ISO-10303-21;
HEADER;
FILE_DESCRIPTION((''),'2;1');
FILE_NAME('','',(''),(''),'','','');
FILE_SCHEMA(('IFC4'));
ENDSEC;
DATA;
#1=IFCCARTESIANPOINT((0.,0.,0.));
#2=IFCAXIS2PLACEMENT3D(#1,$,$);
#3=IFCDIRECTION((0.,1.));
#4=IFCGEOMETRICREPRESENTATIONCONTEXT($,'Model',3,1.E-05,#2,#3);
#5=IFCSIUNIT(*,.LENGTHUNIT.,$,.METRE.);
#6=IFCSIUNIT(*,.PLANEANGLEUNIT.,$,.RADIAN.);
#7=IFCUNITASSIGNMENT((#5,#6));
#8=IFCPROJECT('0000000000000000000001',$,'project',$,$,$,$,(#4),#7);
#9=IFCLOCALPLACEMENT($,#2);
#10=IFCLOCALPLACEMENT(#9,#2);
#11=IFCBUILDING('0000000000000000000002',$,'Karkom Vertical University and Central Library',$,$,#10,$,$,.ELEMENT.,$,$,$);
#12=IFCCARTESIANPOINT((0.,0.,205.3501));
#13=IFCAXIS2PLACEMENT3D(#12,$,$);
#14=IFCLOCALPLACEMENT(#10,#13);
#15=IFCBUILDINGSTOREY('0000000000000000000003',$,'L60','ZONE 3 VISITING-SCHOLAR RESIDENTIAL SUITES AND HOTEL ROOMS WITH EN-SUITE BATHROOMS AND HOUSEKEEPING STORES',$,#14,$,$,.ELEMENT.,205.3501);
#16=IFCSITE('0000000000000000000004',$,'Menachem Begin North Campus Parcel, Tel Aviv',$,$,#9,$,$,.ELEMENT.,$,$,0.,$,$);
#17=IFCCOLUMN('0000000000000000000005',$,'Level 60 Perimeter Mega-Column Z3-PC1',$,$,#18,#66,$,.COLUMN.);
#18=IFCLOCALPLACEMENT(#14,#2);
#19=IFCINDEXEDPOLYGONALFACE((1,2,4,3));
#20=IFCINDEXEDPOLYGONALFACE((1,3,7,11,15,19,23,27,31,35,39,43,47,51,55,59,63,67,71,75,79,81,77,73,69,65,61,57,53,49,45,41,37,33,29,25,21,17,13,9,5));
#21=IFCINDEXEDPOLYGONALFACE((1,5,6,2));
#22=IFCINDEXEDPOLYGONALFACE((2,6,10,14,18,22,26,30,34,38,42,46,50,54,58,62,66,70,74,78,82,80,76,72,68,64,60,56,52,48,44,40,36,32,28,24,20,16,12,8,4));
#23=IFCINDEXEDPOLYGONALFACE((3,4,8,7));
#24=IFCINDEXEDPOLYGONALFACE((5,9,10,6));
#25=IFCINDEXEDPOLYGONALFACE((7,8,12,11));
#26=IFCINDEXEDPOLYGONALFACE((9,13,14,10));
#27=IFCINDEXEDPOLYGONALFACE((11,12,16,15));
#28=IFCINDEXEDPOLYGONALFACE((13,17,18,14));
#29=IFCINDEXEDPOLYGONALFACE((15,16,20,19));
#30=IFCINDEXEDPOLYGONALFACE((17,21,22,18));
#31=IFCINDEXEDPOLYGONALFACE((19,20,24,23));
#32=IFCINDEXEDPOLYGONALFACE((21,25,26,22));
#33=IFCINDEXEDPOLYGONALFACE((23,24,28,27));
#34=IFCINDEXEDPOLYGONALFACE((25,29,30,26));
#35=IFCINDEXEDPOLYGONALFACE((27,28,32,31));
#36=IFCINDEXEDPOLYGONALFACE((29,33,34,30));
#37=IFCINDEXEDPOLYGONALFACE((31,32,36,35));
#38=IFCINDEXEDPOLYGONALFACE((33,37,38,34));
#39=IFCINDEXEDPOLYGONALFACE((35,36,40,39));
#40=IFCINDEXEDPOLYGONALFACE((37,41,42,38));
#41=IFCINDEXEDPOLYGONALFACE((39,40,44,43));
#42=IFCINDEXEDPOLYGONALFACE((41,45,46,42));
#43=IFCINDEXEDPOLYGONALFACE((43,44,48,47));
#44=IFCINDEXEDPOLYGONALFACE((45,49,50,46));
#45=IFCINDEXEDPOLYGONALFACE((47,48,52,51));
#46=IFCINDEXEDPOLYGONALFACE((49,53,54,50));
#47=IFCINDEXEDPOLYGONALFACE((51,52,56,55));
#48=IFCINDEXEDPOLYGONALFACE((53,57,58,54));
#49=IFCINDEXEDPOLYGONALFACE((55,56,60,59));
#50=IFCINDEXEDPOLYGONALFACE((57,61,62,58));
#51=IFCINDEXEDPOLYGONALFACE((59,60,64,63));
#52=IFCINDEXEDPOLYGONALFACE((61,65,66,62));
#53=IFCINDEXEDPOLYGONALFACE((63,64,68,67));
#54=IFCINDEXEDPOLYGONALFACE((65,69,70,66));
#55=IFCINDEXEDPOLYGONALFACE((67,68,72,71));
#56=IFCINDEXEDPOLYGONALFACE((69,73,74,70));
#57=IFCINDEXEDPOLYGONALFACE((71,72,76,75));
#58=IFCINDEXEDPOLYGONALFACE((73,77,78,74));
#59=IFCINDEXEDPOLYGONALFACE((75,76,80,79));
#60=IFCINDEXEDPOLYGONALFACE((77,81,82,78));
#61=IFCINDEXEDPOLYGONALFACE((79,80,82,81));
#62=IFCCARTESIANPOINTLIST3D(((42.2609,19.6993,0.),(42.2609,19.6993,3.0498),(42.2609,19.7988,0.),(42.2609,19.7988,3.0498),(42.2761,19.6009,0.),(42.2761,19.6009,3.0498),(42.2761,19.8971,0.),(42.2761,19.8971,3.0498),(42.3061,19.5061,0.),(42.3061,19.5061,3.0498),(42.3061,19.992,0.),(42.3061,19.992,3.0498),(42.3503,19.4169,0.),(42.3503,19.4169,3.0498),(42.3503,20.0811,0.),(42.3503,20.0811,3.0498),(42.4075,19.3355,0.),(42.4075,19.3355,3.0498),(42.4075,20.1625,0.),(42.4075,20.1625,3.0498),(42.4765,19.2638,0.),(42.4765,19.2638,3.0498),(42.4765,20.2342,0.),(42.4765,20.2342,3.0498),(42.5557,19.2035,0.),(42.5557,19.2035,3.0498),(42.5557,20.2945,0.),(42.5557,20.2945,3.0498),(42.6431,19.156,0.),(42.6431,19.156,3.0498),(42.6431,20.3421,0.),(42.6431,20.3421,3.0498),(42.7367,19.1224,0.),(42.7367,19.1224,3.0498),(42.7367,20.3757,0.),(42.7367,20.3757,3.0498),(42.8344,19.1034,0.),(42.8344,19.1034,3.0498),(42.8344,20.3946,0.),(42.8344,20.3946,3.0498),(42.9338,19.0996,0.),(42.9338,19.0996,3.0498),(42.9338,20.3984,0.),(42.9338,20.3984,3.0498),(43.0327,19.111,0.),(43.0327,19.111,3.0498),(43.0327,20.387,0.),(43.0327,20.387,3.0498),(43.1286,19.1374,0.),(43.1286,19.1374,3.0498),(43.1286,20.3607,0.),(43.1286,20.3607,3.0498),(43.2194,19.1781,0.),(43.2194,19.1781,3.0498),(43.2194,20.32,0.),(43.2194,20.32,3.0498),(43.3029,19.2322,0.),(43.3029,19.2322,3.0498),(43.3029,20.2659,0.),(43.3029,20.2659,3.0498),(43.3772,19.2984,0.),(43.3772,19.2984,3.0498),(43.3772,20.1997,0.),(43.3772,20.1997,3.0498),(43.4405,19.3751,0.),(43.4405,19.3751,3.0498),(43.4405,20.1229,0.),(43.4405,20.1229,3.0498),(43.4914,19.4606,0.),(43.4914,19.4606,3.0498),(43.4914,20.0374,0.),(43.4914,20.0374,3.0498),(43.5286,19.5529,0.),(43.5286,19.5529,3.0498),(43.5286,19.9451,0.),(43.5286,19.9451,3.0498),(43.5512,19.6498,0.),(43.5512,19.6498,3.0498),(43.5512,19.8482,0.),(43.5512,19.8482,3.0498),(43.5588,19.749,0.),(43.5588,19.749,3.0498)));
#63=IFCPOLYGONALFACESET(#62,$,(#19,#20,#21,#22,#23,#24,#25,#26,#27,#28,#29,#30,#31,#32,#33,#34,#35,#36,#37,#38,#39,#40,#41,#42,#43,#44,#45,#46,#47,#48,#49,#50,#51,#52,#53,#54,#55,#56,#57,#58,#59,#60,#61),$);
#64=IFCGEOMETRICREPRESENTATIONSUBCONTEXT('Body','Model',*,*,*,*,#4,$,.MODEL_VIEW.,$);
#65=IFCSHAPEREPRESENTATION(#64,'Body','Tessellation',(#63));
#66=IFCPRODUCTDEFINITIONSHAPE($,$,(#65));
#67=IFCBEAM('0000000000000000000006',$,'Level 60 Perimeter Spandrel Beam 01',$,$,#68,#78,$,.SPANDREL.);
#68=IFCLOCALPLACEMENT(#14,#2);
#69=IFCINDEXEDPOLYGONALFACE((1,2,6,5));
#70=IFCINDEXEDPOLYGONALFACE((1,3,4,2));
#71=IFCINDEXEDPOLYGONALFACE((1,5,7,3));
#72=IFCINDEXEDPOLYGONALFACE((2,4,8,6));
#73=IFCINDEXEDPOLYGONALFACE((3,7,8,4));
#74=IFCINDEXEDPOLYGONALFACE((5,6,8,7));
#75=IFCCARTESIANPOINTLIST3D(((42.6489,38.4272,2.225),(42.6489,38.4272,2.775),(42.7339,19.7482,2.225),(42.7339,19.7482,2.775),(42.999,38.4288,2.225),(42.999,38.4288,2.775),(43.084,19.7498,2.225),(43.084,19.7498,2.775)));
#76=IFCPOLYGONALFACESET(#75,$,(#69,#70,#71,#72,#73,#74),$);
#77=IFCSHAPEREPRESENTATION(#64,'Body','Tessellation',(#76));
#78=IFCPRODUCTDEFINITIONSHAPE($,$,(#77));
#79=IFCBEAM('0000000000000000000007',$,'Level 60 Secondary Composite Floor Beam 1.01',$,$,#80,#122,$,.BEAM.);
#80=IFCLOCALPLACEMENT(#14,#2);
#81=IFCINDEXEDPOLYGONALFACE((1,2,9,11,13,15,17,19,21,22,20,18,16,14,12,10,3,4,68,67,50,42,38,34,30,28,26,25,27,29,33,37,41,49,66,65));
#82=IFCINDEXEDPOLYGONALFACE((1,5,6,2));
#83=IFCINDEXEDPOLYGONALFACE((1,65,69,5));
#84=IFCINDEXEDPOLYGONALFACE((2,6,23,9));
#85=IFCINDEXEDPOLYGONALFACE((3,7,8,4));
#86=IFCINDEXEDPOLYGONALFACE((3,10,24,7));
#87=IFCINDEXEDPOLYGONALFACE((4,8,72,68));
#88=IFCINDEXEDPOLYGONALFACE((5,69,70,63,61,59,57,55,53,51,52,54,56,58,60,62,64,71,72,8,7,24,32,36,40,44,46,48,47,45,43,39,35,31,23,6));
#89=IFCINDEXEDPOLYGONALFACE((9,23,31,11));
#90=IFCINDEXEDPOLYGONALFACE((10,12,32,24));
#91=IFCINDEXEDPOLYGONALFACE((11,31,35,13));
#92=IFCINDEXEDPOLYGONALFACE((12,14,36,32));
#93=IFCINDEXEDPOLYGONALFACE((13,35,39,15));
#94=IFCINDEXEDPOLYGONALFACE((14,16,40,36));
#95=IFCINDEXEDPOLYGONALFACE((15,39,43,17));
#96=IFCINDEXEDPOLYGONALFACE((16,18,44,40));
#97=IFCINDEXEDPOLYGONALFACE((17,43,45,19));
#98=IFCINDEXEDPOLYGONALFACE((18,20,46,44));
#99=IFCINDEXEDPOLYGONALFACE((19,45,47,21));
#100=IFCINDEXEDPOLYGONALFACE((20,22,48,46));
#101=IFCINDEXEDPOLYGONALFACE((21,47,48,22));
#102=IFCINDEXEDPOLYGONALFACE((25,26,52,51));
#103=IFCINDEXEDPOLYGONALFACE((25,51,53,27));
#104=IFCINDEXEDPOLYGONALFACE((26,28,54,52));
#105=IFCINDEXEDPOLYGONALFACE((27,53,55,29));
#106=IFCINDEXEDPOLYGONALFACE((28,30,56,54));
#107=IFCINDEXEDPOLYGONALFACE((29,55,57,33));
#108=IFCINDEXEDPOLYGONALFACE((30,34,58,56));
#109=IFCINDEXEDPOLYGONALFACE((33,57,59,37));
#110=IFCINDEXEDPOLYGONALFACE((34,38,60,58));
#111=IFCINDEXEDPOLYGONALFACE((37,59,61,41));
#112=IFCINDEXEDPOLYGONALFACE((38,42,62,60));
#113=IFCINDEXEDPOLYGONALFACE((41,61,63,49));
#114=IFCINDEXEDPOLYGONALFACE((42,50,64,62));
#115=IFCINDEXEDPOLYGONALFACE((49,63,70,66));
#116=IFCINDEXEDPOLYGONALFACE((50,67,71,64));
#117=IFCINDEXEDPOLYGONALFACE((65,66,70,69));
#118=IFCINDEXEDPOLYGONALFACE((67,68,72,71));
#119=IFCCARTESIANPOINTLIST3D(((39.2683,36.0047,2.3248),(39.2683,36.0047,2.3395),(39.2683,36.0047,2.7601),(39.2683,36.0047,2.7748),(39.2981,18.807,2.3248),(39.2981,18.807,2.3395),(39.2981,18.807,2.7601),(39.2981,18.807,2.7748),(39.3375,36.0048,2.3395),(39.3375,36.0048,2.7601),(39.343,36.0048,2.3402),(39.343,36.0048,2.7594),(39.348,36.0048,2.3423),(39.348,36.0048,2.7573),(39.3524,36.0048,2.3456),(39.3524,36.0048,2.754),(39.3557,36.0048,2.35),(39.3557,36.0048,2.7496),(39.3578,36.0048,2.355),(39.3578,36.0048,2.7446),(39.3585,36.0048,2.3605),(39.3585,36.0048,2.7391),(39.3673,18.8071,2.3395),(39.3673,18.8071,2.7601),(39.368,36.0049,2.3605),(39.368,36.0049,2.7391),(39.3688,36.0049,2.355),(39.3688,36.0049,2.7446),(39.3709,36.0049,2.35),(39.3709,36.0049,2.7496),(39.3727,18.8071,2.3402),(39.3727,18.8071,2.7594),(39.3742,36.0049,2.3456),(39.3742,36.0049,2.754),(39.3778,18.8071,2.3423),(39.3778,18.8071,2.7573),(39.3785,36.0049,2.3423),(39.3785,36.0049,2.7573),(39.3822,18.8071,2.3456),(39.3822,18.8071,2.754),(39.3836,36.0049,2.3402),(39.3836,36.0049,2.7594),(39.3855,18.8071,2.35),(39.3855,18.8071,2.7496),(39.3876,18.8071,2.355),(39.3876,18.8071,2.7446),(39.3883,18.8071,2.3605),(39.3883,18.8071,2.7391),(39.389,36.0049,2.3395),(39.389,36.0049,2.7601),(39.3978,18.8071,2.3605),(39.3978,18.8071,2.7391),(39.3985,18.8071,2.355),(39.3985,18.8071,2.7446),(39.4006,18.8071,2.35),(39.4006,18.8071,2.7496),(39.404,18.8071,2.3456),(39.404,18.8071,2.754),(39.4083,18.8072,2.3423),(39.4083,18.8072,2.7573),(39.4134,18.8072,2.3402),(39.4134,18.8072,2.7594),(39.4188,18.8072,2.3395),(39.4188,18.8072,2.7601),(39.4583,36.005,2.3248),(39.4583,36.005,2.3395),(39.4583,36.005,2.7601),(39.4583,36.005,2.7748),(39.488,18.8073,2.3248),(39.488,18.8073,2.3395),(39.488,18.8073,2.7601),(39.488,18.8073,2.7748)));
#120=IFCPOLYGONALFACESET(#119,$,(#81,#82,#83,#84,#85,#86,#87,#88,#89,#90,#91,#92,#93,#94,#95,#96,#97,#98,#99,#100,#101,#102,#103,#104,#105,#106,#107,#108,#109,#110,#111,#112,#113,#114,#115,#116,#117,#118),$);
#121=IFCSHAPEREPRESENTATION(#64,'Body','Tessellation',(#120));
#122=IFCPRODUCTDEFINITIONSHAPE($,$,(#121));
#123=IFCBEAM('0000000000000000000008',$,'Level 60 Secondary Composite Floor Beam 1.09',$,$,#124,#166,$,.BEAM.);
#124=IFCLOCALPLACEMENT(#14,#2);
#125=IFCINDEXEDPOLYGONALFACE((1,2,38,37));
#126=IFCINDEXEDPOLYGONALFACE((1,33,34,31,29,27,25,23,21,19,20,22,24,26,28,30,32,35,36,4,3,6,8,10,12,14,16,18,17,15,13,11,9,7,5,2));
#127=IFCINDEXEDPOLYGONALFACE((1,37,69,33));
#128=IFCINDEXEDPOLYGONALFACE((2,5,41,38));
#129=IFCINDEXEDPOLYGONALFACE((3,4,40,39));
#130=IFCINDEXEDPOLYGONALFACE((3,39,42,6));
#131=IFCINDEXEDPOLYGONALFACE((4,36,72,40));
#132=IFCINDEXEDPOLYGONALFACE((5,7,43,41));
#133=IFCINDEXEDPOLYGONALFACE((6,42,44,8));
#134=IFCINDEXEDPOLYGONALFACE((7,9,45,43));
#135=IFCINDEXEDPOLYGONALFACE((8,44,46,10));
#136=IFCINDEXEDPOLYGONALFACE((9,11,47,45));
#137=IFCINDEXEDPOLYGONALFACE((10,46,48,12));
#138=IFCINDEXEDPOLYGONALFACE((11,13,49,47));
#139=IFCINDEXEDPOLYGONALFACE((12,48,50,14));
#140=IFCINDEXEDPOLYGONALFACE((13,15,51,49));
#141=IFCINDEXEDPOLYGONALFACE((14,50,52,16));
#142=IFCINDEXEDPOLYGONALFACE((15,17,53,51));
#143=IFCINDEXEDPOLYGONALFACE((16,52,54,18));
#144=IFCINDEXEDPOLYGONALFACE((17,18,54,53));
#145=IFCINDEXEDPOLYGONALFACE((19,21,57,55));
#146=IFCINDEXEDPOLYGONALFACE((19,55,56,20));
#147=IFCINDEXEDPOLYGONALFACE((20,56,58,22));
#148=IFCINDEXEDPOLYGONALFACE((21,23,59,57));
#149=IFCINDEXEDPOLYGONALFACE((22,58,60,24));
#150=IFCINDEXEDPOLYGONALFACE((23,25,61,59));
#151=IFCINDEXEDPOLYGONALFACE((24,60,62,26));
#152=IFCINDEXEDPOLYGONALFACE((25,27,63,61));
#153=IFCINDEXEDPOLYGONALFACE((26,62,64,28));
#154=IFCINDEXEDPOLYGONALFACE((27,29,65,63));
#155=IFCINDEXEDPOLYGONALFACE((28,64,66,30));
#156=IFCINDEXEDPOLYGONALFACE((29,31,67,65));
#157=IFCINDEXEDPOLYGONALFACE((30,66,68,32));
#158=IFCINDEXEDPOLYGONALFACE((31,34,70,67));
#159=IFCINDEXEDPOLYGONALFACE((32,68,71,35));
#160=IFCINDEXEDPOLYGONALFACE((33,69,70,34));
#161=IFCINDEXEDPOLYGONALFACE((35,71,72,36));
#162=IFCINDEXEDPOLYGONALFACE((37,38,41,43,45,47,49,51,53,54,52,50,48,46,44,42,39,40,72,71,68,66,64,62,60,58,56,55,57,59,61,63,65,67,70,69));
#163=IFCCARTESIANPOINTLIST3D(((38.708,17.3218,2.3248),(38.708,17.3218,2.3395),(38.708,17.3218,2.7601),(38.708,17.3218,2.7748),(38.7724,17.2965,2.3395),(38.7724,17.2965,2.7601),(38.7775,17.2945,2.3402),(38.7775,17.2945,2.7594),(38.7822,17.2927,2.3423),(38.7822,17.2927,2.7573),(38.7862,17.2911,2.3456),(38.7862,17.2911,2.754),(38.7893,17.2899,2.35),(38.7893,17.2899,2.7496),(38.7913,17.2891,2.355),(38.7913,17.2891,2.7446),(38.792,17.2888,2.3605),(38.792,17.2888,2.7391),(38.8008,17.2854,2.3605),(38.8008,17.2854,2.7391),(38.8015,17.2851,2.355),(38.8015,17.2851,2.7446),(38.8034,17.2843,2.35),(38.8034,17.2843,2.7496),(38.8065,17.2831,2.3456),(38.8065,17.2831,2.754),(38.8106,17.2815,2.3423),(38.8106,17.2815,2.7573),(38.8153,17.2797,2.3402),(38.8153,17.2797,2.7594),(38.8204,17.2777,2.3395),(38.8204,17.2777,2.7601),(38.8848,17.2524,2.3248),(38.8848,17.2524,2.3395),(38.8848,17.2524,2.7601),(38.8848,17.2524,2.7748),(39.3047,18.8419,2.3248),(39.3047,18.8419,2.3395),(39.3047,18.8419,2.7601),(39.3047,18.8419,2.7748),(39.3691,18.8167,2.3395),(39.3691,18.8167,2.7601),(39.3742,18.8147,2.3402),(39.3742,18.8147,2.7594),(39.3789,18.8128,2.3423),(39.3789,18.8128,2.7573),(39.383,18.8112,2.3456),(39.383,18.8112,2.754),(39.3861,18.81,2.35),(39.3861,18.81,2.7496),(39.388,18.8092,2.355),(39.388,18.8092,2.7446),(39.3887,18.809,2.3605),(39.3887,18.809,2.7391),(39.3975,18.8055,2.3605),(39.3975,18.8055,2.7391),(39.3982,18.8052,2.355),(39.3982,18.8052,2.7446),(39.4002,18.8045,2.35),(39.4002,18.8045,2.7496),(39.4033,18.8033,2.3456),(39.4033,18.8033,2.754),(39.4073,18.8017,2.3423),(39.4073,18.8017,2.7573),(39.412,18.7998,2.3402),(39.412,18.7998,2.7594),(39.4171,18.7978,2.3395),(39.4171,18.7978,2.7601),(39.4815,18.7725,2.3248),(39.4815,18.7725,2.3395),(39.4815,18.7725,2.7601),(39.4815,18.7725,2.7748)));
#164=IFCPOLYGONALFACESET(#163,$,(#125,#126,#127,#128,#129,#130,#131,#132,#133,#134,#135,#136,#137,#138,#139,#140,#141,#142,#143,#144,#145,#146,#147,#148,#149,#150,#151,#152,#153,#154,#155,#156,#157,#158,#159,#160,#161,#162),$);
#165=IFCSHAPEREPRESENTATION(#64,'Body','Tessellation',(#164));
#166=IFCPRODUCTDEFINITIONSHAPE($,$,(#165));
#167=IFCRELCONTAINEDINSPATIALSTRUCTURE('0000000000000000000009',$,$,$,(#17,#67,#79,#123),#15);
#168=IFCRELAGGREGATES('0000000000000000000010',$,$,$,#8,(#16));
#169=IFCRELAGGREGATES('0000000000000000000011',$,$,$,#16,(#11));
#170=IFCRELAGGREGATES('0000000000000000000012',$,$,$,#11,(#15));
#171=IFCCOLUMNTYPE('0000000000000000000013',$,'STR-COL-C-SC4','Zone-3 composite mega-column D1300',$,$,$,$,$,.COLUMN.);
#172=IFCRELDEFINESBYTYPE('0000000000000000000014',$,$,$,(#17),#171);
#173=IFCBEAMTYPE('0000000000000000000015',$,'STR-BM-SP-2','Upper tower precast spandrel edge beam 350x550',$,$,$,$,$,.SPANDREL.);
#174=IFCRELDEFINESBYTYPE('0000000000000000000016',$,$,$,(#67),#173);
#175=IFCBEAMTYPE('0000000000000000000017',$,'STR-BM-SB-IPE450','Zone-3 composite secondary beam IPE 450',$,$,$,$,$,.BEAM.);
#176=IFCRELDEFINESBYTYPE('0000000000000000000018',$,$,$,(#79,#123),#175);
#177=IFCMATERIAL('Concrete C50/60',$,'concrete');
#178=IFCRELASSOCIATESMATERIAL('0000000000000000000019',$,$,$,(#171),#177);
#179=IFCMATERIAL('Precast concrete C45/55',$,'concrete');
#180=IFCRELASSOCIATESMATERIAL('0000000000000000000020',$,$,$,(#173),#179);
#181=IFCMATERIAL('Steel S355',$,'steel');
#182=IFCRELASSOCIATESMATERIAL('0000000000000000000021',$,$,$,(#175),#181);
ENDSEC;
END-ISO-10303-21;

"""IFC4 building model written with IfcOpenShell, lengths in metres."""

from ifc_helpers import new_model, si_unit, direction, frame, origin, origin_with_axes, origin_2d, place, context, subcontext, project, spatial, rectangle, circle, i_section, extrude, source, transform, mapped, material, material_profile, profile_set, type_object, element, save


model = new_model("IFC4")

# Units and contexts
model_context = context("Model", 3, precision=1e-05, world=origin(), true_north=direction((0.0, 1.0)))
body_context = subcontext(model_context, "Body", "Model", "MODEL_VIEW")
ifc_project = project(units=[si_unit("LENGTHUNIT", "METRE"), si_unit("PLANEANGLEUNIT", "RADIAN")], contexts=[model_context])

# Site, building, storey
site_placement = place(None, origin())
site = spatial("IfcSite", under=ifc_project, at=site_placement, Name="Menachem Begin North Campus Parcel, Tel Aviv", CompositionType="ELEMENT", RefElevation=0.0)
building_placement = place(site_placement, origin())
building = spatial("IfcBuilding", under=site, at=building_placement, Name="Karkom Vertical University and Central Library", CompositionType="ELEMENT")
storey_placement = place(building_placement, frame((0.0, 0.0, 205.3501)))
storey = spatial("IfcBuildingStorey", under=building, at=storey_placement, Name="L60", Description="ZONE 3 VISITING-SCHOLAR RESIDENTIAL SUITES AND HOTEL ROOMS WITH EN-SUITE BATHROOMS AND HOUSEKEEPING STORES", CompositionType="ELEMENT", Elevation=205.3501)

# Column
ifc_material_1 = material(Name="Concrete C50/60", Category="concrete")
ifc_material_profile_1 = material_profile(ifc_material_1, circle(Radius=0.6499, at=origin_2d()), Name="CFT-D1300")
ifc_profile_set_1 = profile_set([ifc_material_profile_1], Name="Concrete C50/60")
column_type = type_object("IfcColumnType", Name="STR-COL-C-SC4", Description="Zone-3 composite mega-column D1300", PredefinedType="COLUMN", material=ifc_profile_set_1)
shared_shape_1 = source(origin_with_axes(), body_context, "Body", "SweptSolid", [
    extrude(circle(Radius=0.6499, at=origin_2d()), origin(), (0.0, 0.0, 1.0), 3.0498),
])
column_placement = place(storey_placement, frame((42.9089, 19.749, 0.0), z_axis=(0.0, 0.0, 1.0), x_axis=(1.0, 0.0, 0.0)))
element("IfcColumn", 1, at=column_placement, inside=storey, type_object=column_type, Name="Level 60 Perimeter Mega-Column Z3-PC1", PredefinedType="COLUMN", context=body_context, shape_type="MappedRepresentation", body=[
    mapped(shared_shape_1, transform((0.0, 0.0, 0.0), scale=1.0)),
])

# Beams
ifc_material_2 = material(Name="Precast concrete C45/55", Category="concrete")
ifc_material_profile_2 = material_profile(ifc_material_2, rectangle(XDim=0.3501, YDim=0.55, at=origin_2d()), Name="SPB-350x550")
ifc_profile_set_2 = profile_set([ifc_material_profile_2], Name="Precast concrete C45/55")
beam_type_1 = type_object("IfcBeamType", Name="STR-BM-SP-2", Description="Upper tower precast spandrel edge beam 350x550", PredefinedType="SPANDREL", material=ifc_profile_set_2)
shared_shape_2 = source(origin_with_axes(), body_context, "Body", "SweptSolid", [
    extrude(rectangle(XDim=0.3501, YDim=0.55, at=origin_2d()), origin(), (0.0, 0.0, 1.0), 18.6792),
])
beam_1_placement = place(storey_placement, frame((42.9089, 19.749, 2.5), z_axis=(-0.004548, 0.99999, 0.0), x_axis=(-0.99999, -0.004548, 0.0)))
element("IfcBeam", 2, at=beam_1_placement, inside=storey, type_object=beam_type_1, Name="Level 60 Perimeter Spandrel Beam 01", PredefinedType="SPANDREL", context=body_context, shape_type="MappedRepresentation", body=[
    mapped(shared_shape_2, transform((0.0, 0.0, 0.0), scale=1.0)),
])
ifc_material_3 = material(Name="Steel S355", Category="steel")
ifc_material_profile_3 = material_profile(ifc_material_3, i_section(OverallWidth=0.1899, OverallDepth=0.45, WebThickness=0.0095, FlangeThickness=0.0146, FilletRadius=0.021, at=origin_2d()), Name="IPE 450")
ifc_profile_set_3 = profile_set([ifc_material_profile_3], Name="Steel S355")
beam_type_2 = type_object("IfcBeamType", Name="STR-BM-SB-IPE450", Description="Zone-3 composite secondary beam IPE 450", PredefinedType="BEAM", material=ifc_profile_set_3)
shared_shape_3 = source(origin_with_axes(), body_context, "Body", "SweptSolid", [
    extrude(i_section(OverallWidth=0.1899, OverallDepth=0.45, WebThickness=0.0095, FlangeThickness=0.0146, FilletRadius=0.021, at=origin_2d()), origin(), (0.0, 0.0, 1.0), 17.1978),
])
beam_2_placement = place(storey_placement, frame((39.3931, 18.8071, 2.5498), z_axis=(-0.001732, 0.999999, 0.0), x_axis=(-0.999999, -0.001732, 0.0)))
element("IfcBeam", 3, at=beam_2_placement, inside=storey, type_object=beam_type_2, Name="Level 60 Secondary Composite Floor Beam 1.01", PredefinedType="BEAM", context=body_context, shape_type="MappedRepresentation", body=[
    mapped(shared_shape_3, transform((0.0, 0.0, 0.0), scale=1.0)),
])
shared_shape_4 = source(origin_with_axes(), body_context, "Body", "SweptSolid", [
    extrude(i_section(OverallWidth=0.1899, OverallDepth=0.45, WebThickness=0.0095, FlangeThickness=0.0146, FilletRadius=0.021, at=origin_2d()), origin(), (0.0, 0.0, 1.0), 1.6331),
])
beam_3_placement = place(storey_placement, frame((38.7964, 17.2871, 2.5498), z_axis=(0.365403, 0.93085, 0.0), x_axis=(-0.93085, 0.365403, 0.0)))
element("IfcBeam", 4, at=beam_3_placement, inside=storey, type_object=beam_type_2, Name="Level 60 Secondary Composite Floor Beam 1.09", PredefinedType="BEAM", context=body_context, shape_type="MappedRepresentation", body=[
    mapped(shared_shape_4, transform((0.0, 0.0, 0.0), scale=1.0)),
])

save(model, "model.ifc")
